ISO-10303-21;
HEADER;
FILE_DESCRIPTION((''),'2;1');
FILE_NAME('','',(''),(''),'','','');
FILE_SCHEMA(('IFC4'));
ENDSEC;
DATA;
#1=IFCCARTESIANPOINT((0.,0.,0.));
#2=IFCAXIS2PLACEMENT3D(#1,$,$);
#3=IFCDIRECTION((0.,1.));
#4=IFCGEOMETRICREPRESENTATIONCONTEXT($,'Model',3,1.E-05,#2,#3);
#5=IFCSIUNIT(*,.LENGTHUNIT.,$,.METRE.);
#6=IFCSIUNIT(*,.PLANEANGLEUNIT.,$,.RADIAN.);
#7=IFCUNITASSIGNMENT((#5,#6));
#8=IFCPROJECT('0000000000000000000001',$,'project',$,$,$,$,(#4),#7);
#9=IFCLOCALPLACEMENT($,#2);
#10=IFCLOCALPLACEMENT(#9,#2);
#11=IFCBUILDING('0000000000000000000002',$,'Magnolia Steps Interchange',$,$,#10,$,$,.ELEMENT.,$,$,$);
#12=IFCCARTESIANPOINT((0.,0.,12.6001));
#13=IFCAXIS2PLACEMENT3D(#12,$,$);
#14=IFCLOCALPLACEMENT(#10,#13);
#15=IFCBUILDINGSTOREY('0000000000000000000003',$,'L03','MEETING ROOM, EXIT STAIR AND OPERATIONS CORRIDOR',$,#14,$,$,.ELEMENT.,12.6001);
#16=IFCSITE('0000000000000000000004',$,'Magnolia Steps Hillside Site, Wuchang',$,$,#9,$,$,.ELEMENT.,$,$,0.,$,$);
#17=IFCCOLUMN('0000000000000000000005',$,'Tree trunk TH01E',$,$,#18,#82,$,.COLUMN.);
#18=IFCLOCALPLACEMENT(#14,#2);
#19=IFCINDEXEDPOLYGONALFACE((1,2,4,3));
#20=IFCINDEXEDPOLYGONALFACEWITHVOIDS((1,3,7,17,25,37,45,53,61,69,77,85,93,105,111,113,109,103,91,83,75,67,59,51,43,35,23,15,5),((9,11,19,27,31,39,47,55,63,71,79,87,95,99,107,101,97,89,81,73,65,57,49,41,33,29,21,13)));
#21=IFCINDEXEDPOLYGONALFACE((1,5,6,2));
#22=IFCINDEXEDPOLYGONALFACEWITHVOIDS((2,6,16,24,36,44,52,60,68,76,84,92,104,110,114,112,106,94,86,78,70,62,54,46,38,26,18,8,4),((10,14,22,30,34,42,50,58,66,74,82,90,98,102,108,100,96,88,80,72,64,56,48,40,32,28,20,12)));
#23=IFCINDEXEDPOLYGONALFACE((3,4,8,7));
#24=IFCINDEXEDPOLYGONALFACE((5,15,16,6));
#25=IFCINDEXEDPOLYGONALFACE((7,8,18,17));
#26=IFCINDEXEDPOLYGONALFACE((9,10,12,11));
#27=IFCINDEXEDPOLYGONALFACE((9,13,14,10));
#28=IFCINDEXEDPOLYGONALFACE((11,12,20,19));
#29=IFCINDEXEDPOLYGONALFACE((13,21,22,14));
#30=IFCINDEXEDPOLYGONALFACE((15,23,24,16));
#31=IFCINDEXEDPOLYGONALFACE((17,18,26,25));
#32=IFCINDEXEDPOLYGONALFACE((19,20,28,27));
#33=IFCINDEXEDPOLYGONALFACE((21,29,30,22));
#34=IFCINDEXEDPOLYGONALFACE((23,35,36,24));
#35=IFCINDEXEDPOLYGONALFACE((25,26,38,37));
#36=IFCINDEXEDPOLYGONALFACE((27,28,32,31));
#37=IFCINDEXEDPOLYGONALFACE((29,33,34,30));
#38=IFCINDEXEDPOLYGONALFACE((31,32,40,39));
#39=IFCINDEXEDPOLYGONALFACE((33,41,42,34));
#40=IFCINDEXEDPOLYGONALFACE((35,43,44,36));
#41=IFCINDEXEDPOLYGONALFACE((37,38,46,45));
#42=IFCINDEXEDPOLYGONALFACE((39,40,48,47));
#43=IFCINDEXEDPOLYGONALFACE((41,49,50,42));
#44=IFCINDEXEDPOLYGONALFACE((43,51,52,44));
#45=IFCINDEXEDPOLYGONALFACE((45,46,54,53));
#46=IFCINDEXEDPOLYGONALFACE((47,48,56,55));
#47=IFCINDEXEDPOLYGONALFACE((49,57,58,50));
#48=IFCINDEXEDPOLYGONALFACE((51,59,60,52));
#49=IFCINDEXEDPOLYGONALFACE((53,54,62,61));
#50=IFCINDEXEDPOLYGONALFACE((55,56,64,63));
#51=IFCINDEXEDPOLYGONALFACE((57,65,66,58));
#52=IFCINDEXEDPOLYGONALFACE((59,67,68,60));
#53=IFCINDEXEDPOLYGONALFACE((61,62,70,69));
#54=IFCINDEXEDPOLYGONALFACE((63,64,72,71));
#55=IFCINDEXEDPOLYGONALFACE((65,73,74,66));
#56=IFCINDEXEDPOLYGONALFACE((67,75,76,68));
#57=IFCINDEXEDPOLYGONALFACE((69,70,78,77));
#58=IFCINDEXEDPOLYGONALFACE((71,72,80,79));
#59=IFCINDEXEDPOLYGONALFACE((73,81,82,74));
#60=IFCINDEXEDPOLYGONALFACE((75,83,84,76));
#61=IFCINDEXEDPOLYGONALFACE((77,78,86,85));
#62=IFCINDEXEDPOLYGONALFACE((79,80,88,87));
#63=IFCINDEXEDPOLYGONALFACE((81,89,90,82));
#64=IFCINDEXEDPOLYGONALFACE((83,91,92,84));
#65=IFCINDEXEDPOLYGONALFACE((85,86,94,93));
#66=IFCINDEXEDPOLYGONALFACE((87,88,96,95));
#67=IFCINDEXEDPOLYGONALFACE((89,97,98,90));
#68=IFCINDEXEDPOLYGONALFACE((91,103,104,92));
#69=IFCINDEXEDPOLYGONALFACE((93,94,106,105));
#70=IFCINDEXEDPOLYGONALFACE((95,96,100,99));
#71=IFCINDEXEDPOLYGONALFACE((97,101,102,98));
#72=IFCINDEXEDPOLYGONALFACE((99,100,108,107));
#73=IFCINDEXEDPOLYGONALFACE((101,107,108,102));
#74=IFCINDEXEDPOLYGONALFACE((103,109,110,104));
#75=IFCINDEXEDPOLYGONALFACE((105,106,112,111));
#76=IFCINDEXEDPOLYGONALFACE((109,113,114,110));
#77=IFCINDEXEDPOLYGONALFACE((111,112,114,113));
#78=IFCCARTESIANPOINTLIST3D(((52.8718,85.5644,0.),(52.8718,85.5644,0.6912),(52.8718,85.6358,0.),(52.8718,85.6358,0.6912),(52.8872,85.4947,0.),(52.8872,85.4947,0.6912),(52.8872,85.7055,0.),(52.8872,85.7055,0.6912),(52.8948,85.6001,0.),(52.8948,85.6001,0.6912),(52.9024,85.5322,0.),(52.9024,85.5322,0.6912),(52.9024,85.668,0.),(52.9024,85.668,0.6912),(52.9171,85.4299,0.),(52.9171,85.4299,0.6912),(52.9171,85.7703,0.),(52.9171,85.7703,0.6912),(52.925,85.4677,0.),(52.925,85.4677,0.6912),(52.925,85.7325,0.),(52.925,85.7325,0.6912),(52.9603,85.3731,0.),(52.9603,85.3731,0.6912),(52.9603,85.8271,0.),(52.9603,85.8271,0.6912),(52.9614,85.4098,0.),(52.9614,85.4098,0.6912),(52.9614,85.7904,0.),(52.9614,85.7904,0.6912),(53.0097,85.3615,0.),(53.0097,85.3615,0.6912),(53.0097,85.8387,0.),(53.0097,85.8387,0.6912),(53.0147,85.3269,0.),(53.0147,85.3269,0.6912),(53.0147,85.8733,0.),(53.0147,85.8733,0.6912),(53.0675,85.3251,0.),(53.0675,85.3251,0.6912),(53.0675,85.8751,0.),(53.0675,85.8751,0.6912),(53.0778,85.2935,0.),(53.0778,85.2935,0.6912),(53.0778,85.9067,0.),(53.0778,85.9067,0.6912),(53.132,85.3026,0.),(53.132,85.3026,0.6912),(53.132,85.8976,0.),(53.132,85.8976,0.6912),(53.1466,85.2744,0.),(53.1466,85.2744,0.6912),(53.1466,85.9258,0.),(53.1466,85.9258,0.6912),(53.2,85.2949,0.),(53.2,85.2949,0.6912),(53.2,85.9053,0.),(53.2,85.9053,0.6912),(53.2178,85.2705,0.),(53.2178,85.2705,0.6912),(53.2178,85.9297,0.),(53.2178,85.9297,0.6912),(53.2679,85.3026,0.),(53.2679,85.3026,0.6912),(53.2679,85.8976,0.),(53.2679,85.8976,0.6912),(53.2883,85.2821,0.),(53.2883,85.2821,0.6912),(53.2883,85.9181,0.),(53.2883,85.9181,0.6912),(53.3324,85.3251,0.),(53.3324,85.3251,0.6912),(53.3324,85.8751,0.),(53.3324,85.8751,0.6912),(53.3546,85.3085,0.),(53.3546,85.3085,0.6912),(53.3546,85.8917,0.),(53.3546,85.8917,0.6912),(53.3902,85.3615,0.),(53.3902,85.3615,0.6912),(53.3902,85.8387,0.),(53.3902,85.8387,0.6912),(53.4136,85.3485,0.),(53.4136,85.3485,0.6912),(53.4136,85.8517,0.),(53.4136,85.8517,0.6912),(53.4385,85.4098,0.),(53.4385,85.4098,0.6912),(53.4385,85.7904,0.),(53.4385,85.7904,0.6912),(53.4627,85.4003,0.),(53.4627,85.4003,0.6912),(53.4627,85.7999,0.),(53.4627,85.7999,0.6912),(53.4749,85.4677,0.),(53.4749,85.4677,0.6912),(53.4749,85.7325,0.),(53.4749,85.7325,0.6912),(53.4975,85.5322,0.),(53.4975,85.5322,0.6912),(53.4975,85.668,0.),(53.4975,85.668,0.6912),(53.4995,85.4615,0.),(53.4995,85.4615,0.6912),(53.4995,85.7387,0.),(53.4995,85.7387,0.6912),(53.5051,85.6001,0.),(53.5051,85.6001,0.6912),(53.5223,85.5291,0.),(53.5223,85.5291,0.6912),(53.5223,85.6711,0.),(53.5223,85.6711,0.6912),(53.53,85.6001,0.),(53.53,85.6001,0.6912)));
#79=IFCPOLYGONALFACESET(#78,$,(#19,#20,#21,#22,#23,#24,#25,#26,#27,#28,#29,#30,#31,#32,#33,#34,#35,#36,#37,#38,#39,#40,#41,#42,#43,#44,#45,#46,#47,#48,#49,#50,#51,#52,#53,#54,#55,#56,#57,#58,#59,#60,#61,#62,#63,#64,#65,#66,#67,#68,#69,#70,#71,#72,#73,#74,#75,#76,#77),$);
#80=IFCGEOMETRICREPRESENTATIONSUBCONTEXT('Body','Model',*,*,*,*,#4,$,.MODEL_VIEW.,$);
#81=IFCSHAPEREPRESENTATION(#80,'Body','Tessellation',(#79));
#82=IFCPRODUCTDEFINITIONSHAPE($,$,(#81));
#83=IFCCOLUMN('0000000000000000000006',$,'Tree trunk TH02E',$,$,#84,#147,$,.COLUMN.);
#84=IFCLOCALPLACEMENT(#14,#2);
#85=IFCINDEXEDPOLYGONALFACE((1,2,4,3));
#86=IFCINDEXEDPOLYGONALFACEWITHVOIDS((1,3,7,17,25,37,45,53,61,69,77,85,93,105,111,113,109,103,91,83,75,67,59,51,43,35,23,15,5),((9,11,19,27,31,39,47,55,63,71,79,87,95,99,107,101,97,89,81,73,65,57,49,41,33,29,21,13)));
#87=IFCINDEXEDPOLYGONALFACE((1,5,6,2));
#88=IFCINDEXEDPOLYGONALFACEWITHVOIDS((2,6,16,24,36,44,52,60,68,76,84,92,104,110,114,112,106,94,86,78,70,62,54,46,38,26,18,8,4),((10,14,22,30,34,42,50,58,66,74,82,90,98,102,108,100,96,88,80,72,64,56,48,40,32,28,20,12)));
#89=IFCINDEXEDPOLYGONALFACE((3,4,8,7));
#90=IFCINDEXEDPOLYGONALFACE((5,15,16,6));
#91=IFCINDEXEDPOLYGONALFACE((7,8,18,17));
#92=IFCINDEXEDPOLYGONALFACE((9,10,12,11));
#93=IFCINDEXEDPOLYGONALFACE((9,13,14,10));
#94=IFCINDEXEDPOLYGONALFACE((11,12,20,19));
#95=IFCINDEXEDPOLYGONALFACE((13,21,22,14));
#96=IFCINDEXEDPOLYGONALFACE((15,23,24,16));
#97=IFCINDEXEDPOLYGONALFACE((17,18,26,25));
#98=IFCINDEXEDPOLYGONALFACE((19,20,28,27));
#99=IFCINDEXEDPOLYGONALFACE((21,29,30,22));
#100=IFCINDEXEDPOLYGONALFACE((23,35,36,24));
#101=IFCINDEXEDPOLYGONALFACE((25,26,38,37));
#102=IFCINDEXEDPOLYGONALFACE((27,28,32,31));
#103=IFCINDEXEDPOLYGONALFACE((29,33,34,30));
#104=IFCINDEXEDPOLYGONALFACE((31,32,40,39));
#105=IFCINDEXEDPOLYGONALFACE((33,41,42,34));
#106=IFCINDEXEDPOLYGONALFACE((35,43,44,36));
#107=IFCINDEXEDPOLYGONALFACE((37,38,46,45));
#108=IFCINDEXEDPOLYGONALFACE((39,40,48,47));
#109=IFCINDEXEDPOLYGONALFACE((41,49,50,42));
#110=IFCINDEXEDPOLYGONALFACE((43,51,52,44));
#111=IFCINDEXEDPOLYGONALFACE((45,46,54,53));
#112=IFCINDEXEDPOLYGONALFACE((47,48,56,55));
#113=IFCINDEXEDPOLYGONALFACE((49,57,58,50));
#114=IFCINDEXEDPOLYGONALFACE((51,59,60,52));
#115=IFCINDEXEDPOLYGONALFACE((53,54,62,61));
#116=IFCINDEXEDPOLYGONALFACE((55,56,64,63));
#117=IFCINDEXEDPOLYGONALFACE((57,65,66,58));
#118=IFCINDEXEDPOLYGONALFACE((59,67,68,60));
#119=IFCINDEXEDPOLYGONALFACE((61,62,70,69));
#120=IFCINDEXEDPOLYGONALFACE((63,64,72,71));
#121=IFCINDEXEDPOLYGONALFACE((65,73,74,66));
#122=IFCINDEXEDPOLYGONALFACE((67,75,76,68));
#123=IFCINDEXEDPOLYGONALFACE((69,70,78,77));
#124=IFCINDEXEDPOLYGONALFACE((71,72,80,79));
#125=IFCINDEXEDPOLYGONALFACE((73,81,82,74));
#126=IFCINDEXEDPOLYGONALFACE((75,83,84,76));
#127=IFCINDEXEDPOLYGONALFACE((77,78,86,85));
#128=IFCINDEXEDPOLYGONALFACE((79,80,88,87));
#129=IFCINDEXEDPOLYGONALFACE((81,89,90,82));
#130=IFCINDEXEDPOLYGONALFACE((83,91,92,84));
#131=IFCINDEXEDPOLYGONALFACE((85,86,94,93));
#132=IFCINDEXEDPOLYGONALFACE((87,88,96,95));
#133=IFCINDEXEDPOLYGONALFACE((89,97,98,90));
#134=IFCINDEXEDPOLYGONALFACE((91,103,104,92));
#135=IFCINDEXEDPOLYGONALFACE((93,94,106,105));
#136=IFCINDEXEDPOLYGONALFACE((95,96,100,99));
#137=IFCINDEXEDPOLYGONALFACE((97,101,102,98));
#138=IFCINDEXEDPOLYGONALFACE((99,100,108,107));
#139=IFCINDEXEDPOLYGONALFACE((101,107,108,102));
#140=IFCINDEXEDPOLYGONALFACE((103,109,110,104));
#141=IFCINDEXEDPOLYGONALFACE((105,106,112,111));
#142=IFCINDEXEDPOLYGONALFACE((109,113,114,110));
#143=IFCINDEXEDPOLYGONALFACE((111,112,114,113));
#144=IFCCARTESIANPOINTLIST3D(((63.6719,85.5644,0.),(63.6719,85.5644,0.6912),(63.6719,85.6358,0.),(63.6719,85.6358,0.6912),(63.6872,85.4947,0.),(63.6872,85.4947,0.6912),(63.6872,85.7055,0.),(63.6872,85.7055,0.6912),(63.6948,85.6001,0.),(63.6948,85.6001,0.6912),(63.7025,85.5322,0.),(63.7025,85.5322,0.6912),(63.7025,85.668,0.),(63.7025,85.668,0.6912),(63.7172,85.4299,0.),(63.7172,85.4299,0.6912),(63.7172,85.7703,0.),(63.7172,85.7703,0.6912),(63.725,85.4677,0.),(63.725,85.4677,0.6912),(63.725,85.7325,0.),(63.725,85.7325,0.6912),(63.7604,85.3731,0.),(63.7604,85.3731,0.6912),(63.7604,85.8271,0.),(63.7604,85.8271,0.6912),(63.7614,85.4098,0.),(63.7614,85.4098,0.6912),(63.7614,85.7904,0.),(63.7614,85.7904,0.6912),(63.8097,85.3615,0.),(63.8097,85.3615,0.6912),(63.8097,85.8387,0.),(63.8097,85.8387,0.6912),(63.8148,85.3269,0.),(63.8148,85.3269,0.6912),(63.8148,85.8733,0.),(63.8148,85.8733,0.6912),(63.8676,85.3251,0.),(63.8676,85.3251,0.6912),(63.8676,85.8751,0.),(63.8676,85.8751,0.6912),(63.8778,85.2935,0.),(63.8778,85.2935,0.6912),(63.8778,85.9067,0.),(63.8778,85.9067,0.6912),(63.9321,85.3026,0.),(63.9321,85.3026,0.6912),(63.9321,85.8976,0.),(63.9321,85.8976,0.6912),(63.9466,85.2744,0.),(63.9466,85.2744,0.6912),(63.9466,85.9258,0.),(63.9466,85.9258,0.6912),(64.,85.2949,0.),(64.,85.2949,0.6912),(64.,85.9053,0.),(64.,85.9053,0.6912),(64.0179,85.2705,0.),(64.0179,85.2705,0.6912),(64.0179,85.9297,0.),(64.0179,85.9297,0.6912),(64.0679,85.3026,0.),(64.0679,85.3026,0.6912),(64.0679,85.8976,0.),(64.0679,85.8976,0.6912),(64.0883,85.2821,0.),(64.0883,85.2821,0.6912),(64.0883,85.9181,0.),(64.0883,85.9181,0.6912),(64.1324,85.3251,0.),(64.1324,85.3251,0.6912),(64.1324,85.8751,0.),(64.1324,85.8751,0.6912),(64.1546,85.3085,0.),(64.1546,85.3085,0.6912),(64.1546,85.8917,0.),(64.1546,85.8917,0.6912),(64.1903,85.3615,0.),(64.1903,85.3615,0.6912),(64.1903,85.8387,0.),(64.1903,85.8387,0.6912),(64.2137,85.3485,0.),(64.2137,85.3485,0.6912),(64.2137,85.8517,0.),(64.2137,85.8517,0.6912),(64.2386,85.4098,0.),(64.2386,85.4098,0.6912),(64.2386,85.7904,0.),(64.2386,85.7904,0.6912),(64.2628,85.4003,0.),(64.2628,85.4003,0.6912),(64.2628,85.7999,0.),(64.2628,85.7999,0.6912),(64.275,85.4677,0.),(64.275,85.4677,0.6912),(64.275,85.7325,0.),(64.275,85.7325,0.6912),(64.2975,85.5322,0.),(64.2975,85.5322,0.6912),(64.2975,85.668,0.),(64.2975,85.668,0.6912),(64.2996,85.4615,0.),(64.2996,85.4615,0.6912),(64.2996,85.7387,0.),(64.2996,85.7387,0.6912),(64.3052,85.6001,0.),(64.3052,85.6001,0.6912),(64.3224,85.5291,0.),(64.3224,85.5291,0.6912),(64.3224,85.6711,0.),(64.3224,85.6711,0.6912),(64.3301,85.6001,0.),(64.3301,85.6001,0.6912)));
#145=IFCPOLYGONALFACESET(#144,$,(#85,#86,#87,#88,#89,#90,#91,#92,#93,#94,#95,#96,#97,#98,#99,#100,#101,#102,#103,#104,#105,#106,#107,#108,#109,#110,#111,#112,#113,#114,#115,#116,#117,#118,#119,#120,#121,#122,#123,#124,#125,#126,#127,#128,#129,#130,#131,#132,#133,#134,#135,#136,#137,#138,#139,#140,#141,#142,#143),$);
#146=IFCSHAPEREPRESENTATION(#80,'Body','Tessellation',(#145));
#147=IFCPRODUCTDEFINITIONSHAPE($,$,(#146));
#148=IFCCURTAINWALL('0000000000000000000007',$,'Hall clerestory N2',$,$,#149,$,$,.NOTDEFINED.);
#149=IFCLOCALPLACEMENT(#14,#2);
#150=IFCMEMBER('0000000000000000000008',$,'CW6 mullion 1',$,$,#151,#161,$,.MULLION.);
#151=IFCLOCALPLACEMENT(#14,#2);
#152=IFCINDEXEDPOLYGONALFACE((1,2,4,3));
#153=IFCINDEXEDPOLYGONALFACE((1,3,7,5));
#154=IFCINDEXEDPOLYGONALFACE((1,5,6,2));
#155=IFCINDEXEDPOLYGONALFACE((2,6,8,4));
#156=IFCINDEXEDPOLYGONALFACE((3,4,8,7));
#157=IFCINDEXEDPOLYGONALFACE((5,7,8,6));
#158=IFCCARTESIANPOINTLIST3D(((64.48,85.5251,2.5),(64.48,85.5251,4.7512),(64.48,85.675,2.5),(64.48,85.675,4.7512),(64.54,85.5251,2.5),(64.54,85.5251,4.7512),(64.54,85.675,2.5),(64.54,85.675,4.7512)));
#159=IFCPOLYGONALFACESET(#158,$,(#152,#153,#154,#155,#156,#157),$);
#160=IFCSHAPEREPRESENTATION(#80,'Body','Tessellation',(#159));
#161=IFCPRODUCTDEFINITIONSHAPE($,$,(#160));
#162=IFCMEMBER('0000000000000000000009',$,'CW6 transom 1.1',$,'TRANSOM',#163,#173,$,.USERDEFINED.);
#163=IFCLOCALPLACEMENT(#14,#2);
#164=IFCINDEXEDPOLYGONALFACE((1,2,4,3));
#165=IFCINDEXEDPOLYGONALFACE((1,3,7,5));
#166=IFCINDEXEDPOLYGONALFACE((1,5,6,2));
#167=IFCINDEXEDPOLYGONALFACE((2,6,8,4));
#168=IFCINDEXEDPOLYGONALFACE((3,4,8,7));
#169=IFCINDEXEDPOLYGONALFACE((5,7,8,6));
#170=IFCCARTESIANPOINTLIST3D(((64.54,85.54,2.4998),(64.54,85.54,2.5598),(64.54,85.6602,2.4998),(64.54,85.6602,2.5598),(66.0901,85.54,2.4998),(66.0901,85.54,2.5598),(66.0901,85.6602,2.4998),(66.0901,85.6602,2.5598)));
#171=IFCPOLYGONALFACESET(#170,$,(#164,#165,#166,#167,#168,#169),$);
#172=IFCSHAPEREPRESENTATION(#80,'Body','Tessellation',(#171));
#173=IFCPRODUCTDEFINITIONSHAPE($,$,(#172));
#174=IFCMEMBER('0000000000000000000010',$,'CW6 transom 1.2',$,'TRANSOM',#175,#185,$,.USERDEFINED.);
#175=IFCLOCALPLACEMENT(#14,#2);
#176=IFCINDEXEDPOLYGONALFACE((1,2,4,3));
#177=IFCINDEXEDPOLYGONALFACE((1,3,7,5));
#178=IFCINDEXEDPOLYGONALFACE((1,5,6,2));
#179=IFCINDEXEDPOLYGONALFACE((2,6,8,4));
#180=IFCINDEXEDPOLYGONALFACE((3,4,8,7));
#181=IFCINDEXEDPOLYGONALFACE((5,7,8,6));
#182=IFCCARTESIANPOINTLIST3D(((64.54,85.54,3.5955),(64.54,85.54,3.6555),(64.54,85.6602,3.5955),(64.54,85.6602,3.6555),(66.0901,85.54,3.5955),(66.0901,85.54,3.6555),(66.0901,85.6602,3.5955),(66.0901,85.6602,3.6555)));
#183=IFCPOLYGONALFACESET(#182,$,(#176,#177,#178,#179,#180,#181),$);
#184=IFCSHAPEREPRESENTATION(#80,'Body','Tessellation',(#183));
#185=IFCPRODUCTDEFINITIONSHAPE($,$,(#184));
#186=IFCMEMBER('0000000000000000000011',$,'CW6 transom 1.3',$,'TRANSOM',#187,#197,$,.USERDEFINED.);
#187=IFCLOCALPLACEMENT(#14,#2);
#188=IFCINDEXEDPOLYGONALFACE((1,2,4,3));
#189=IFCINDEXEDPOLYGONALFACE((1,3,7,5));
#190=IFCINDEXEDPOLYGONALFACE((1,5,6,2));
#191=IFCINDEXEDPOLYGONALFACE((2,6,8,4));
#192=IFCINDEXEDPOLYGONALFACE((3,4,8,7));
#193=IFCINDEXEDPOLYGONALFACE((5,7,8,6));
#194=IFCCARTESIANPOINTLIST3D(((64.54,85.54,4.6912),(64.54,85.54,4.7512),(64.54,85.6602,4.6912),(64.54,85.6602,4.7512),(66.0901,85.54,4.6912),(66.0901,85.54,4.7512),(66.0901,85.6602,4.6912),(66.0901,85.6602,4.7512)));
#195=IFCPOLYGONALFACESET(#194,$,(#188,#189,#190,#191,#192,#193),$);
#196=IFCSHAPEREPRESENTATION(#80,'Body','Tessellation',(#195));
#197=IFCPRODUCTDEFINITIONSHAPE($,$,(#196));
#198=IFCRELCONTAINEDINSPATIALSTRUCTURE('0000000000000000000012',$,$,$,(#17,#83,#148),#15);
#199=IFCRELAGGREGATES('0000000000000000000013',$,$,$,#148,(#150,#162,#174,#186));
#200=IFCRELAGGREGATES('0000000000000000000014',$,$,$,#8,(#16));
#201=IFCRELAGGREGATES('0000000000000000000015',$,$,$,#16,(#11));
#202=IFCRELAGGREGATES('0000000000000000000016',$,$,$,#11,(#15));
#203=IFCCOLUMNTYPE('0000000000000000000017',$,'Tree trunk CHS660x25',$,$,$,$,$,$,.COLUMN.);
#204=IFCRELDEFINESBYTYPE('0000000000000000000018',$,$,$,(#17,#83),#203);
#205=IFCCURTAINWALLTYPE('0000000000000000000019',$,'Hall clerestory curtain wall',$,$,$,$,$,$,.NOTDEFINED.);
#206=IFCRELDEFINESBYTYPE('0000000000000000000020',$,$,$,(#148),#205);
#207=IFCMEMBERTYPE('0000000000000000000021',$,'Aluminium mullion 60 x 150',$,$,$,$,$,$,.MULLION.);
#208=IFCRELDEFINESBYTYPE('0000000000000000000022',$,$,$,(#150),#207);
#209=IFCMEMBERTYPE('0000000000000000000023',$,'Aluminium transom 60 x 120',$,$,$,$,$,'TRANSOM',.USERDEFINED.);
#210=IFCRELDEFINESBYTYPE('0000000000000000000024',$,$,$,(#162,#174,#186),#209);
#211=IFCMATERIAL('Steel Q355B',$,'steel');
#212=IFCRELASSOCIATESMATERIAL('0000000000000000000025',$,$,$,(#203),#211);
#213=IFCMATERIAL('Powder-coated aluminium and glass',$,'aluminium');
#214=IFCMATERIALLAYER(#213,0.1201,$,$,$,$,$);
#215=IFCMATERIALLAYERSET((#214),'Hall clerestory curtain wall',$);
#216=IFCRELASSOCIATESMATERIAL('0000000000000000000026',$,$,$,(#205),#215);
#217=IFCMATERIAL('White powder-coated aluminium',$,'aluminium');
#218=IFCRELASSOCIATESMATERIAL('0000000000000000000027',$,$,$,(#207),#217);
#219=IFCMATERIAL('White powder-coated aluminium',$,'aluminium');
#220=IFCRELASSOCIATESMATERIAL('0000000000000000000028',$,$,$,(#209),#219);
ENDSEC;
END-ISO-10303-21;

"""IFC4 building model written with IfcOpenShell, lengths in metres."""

from ifc_helpers import new_model, si_unit, direction, frame, origin, origin_2d, place, context, subcontext, project, spatial, rectangle, hollow_circle, extrude, material, layer, layer_set, material_profile, profile_set, type_object, element, aggregate, save


model = new_model("IFC4")

# Units and contexts
model_context = context("Model", 3, precision=1e-05, world=origin(), true_north=direction((0.0, 1.0)))
body_context = subcontext(model_context, "Body", "Model", "MODEL_VIEW")
ifc_project = project(units=[si_unit("LENGTHUNIT", "METRE"), si_unit("PLANEANGLEUNIT", "RADIAN")], contexts=[model_context])

# Site, building, storey
site_placement = place(None, origin())
site = spatial("IfcSite", under=ifc_project, at=site_placement, Name="Magnolia Steps Hillside Site, Wuchang", CompositionType="ELEMENT", RefElevation=0.0)
building_placement = place(site_placement, origin())
building = spatial("IfcBuilding", under=site, at=building_placement, Name="Magnolia Steps Interchange", CompositionType="ELEMENT")
storey_placement = place(building_placement, frame((0.0, 0.0, 12.6001)))
storey = spatial("IfcBuildingStorey", under=building, at=storey_placement, Name="L03", Description="MEETING ROOM, EXIT STAIR AND OPERATIONS CORRIDOR", CompositionType="ELEMENT", Elevation=12.6001)

# Columns
ifc_material_1 = material(Name="Steel Q355B", Category="steel")
ifc_material_profile_1 = material_profile(ifc_material_1, hollow_circle(Radius=0.3301, WallThickness=0.0249, at=origin_2d()), Name="CHS660x25")
ifc_profile_set_1 = profile_set([ifc_material_profile_1], Name="Steel Q355B")
column_type = type_object("IfcColumnType", Name="Tree trunk CHS660x25", PredefinedType="COLUMN", material=ifc_profile_set_1)
for number, where, z_axis, x_axis, name in (
    (1, (53.2, 85.6001, 0.0), (0.0, 0.0, 1.0), (1.0, 0.0, 0.0), "Tree trunk TH01E"),
    (2, (64.0, 85.6001, 0.0), (0.0, 0.0, 1.0), (1.0, 0.0, 0.0), "Tree trunk TH02E"),
):
    element("IfcColumn", number, at=place(storey_placement, frame(where, z_axis=z_axis, x_axis=x_axis)), inside=storey, type_object=column_type, Name=name, PredefinedType="COLUMN", context=body_context, shape_type="SweptSolid", body=[
        extrude(hollow_circle(Radius=0.3301, WallThickness=0.0249, at=origin_2d()), origin(), (0.0, 0.0, 1.0), 0.6912),
    ])

# Curtain wall, members
ifc_material_2 = material(Name="Powder-coated aluminium and glass", Category="aluminium")
ifc_layer = layer(ifc_material_2, 0.1201)
ifc_layer_set = layer_set([ifc_layer], Name="Hall clerestory curtain wall")
curtain_wall_type = type_object("IfcCurtainWallType", Name="Hall clerestory curtain wall", PredefinedType="NOTDEFINED", material=ifc_layer_set)
curtain_wall_placement = place(storey_placement, origin())
curtain_wall = element("IfcCurtainWall", 3, at=curtain_wall_placement, inside=storey, type_object=curtain_wall_type, Name="Hall clerestory N2", PredefinedType="NOTDEFINED")
ifc_material_3 = material(Name="White powder-coated aluminium", Category="aluminium")
ifc_material_profile_2 = material_profile(ifc_material_3, rectangle(XDim=0.0601, YDim=0.1499, at=origin_2d()), Name="Aluminium mullion 60 x 150")
ifc_profile_set_2 = profile_set([ifc_material_profile_2], Name="White powder-coated aluminium")
member_type_1 = type_object("IfcMemberType", Name="Aluminium mullion 60 x 150", PredefinedType="MULLION", material=ifc_profile_set_2)
member_1_placement = place(storey_placement, frame((64.51, 85.6001, 2.5), z_axis=(0.0, 0.0, 1.0), x_axis=(1.0, 0.0, 0.0)))
member_1 = element("IfcMember", 4, at=member_1_placement, type_object=member_type_1, Name="CW6 mullion 1", PredefinedType="MULLION", context=body_context, shape_type="SweptSolid", body=[
    extrude(rectangle(XDim=0.0601, YDim=0.1499, at=origin_2d()), origin(), (0.0, 0.0, 1.0), 2.2512),
])
ifc_material_4 = material(Name="White powder-coated aluminium", Category="aluminium")
ifc_material_profile_3 = material_profile(ifc_material_4, rectangle(XDim=0.0601, YDim=0.1201, at=origin_2d()), Name="Aluminium transom 60 x 120")
ifc_profile_set_3 = profile_set([ifc_material_profile_3], Name="White powder-coated aluminium")
member_type_2 = type_object("IfcMemberType", Name="Aluminium transom 60 x 120", ElementType="TRANSOM", PredefinedType="USERDEFINED", material=ifc_profile_set_3)
member_2_placement = place(storey_placement, frame((64.54, 85.6001, 2.5298), z_axis=(1.0, 0.0, 0.0), x_axis=(0.0, 0.0, 1.0)))
member_2 = element("IfcMember", 5, at=member_2_placement, type_object=member_type_2, Name="CW6 transom 1.1", ObjectType="TRANSOM", PredefinedType="USERDEFINED", context=body_context, shape_type="SweptSolid", body=[
    extrude(rectangle(XDim=0.0601, YDim=0.1201, at=origin_2d()), origin(), (0.0, 0.0, 1.0), 1.55),
])
member_3_placement = place(storey_placement, frame((64.54, 85.6001, 3.6255), z_axis=(1.0, 0.0, 0.0), x_axis=(0.0, 0.0, 1.0)))
member_3 = element("IfcMember", 6, at=member_3_placement, type_object=member_type_2, Name="CW6 transom 1.2", ObjectType="TRANSOM", PredefinedType="USERDEFINED", context=body_context, shape_type="SweptSolid", body=[
    extrude(rectangle(XDim=0.0601, YDim=0.1201, at=origin_2d()), origin(), (0.0, 0.0, 1.0), 1.55),
])
member_4_placement = place(storey_placement, frame((64.54, 85.6001, 4.7212), z_axis=(1.0, 0.0, 0.0), x_axis=(0.0, 0.0, 1.0)))
member_4 = element("IfcMember", 7, at=member_4_placement, type_object=member_type_2, Name="CW6 transom 1.3", ObjectType="TRANSOM", PredefinedType="USERDEFINED", context=body_context, shape_type="SweptSolid", body=[
    extrude(rectangle(XDim=0.0601, YDim=0.1201, at=origin_2d()), origin(), (0.0, 0.0, 1.0), 1.55),
])
aggregate(curtain_wall, [member_1, member_2, member_3, member_4])

save(model, "model.ifc")
